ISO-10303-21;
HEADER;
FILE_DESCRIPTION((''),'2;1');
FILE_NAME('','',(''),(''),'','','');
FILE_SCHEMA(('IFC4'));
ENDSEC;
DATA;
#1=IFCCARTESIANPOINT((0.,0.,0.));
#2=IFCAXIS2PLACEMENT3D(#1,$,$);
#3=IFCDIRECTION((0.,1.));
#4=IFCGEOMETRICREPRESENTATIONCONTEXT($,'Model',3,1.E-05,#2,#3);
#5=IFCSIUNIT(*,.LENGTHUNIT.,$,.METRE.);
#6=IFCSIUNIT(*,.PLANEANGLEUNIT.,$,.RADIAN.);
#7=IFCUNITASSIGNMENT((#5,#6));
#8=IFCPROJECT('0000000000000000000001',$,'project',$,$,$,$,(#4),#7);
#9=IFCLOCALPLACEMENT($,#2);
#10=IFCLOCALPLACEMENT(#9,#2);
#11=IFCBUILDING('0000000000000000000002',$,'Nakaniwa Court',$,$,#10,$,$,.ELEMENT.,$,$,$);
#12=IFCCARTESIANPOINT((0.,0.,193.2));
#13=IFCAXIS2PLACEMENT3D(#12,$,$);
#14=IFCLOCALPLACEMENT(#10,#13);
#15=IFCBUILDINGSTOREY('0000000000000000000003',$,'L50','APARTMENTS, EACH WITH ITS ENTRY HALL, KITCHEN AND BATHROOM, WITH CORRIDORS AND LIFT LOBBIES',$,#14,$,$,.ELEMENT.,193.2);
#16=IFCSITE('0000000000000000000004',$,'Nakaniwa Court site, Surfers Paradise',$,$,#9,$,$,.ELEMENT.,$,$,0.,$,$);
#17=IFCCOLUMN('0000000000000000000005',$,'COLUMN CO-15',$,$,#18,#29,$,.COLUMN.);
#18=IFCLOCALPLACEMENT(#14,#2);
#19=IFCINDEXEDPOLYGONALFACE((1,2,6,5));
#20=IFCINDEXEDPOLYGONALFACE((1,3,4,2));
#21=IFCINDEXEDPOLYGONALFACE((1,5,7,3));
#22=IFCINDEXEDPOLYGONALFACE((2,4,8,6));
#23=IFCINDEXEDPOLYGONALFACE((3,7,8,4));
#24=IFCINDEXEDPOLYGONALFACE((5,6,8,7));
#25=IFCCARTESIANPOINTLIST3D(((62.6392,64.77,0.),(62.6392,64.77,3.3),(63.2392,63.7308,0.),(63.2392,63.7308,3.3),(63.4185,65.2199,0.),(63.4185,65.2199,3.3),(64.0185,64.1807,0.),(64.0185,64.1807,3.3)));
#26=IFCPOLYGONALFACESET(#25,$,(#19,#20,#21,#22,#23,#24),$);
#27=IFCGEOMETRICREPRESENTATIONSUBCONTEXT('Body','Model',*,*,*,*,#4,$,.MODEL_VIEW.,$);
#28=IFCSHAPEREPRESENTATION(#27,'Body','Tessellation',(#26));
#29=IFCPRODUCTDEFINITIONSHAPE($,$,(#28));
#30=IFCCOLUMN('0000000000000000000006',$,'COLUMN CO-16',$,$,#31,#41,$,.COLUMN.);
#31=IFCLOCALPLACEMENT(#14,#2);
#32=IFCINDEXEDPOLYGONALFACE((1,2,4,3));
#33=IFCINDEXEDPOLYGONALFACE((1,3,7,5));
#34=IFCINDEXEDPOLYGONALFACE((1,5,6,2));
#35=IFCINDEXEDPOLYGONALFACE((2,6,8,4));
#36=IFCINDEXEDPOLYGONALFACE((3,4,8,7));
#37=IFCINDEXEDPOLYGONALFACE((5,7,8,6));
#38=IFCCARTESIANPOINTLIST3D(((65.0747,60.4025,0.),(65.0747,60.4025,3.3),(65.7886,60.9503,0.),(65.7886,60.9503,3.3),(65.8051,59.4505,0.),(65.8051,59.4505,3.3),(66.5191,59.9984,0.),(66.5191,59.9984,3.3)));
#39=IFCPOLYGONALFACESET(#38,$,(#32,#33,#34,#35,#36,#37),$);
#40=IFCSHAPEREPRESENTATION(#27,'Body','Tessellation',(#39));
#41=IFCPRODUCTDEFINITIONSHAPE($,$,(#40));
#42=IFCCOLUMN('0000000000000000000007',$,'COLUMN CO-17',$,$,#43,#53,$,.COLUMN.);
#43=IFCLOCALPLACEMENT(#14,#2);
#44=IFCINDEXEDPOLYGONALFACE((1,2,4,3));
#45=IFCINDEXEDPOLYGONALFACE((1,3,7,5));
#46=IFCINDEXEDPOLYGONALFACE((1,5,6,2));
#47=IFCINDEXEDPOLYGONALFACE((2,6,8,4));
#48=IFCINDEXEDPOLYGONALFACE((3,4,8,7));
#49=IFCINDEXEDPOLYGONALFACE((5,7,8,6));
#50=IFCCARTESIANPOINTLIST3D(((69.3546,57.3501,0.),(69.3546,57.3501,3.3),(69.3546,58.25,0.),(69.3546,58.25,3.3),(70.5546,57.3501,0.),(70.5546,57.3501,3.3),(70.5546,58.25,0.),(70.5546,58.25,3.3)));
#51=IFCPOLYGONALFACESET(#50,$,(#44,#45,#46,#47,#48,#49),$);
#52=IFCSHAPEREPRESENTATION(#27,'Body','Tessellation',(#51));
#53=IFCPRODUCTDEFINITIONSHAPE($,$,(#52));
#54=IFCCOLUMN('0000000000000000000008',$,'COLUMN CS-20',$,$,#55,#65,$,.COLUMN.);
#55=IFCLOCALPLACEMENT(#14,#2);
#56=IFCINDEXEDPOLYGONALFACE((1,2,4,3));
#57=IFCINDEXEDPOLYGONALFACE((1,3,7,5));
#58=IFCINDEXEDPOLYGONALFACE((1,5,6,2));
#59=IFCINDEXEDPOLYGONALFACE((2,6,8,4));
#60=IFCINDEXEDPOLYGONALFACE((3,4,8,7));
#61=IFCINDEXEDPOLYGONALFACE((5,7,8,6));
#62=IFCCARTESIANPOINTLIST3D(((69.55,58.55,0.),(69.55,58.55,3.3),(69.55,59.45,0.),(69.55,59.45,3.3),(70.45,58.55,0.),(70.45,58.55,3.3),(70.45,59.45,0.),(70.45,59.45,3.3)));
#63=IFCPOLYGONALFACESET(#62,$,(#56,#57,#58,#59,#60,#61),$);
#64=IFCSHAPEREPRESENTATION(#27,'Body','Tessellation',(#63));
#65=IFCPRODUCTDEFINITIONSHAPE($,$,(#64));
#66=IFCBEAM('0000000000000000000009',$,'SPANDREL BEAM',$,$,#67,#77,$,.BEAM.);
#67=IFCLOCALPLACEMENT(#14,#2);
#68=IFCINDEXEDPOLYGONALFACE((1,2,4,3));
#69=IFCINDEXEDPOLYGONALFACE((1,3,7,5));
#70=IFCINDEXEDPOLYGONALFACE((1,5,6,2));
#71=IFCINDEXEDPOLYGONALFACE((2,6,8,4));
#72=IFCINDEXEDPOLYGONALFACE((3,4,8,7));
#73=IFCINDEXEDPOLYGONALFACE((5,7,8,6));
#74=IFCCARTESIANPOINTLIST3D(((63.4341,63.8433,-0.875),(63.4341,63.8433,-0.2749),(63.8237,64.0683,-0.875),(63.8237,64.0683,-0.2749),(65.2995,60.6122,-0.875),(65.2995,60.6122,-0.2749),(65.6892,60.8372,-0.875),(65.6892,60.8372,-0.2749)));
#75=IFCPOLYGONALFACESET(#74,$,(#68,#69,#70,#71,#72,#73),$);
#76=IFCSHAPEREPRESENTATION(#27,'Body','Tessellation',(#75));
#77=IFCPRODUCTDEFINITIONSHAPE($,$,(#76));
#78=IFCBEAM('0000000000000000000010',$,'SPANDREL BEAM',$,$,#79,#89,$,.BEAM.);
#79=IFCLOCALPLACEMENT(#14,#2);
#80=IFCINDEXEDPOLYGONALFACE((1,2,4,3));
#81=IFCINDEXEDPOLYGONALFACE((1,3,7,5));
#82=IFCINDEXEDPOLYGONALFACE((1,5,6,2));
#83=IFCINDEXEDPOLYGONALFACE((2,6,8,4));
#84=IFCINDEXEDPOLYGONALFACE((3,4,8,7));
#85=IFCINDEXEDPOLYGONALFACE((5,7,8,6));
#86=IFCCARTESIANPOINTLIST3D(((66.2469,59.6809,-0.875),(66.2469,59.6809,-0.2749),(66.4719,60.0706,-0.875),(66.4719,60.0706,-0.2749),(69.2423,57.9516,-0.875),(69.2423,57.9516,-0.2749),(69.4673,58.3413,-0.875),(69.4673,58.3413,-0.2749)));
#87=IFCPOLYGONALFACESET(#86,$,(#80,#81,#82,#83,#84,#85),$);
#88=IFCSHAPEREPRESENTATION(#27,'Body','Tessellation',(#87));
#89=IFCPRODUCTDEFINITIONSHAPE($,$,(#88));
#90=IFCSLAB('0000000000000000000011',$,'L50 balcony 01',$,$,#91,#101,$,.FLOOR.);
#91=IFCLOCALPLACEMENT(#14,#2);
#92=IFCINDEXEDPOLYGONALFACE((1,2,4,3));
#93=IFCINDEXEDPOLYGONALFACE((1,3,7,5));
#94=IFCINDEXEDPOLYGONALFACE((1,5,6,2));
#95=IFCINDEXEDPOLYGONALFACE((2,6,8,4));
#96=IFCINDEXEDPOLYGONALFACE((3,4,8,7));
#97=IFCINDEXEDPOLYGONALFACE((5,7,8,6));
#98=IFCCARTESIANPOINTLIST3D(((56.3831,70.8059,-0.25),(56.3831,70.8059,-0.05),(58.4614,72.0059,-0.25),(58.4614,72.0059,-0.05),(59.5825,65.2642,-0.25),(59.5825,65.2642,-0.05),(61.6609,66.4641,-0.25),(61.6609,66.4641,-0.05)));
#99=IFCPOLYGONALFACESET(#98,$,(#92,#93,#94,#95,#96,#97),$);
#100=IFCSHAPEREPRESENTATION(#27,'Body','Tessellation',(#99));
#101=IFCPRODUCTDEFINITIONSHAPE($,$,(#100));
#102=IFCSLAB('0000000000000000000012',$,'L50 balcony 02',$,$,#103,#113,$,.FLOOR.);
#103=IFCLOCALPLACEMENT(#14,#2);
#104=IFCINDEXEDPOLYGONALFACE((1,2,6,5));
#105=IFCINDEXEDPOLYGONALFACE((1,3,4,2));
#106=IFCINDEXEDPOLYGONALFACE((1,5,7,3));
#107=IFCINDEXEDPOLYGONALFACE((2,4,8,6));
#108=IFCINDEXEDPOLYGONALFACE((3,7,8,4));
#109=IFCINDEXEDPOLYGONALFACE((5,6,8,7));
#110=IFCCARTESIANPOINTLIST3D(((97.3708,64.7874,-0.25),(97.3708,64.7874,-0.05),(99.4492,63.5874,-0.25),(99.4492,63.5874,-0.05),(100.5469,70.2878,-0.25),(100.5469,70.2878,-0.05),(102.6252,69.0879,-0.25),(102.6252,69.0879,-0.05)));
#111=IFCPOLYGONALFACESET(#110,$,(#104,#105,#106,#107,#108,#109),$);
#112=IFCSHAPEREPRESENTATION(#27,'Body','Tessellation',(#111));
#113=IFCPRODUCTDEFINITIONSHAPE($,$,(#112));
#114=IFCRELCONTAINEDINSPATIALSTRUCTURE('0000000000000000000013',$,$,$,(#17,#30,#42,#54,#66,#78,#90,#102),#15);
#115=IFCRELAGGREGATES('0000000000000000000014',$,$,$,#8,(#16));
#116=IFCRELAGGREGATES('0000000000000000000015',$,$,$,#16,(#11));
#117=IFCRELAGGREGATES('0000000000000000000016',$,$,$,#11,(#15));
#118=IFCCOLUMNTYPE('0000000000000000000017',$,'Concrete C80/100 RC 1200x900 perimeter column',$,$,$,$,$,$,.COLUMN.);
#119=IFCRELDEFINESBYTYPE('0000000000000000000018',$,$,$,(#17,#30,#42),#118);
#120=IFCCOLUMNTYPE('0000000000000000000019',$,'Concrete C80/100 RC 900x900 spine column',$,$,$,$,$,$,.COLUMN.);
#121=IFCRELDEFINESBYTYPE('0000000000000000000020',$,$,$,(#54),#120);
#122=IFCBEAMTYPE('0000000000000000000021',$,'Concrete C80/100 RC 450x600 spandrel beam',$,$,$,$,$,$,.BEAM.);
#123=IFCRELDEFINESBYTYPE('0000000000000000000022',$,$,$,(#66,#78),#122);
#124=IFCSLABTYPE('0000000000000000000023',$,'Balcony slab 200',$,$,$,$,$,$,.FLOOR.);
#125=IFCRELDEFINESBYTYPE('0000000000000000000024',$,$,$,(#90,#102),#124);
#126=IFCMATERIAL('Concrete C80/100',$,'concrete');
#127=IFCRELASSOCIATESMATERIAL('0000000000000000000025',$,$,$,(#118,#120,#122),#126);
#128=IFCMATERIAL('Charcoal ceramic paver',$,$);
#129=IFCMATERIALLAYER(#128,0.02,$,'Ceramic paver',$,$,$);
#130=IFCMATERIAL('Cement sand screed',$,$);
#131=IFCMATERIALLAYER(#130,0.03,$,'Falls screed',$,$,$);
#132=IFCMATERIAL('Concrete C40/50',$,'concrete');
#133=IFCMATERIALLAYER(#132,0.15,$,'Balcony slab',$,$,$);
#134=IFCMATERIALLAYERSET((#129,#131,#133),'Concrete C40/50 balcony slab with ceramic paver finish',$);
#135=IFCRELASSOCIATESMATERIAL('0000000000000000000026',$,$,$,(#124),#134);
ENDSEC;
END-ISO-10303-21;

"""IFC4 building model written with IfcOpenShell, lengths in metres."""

from ifc_helpers import new_model, si_unit, direction, frame, origin, origin_2d, place, context, subcontext, project, spatial, polyline, rectangle, outline, extrude, material, layer, layer_set, material_profile, profile_set, type_object, element, save


model = new_model("IFC4")

# Units and contexts
model_context = context("Model", 3, precision=1e-05, world=origin(), true_north=direction((0.0, 1.0)))
body_context = subcontext(model_context, "Body", "Model", "MODEL_VIEW")
ifc_project = project(units=[si_unit("LENGTHUNIT", "METRE"), si_unit("PLANEANGLEUNIT", "RADIAN")], contexts=[model_context])

# Site, building, storey
site_placement = place(None, origin())
site = spatial("IfcSite", under=ifc_project, at=site_placement, Name="Nakaniwa Court site, Surfers Paradise", CompositionType="ELEMENT", RefElevation=0.0)
building_placement = place(site_placement, origin())
building = spatial("IfcBuilding", under=site, at=building_placement, Name="Nakaniwa Court", CompositionType="ELEMENT")
storey_placement = place(building_placement, frame((0.0, 0.0, 193.2)))
storey = spatial("IfcBuildingStorey", under=building, at=storey_placement, Name="L50", Description="APARTMENTS, EACH WITH ITS ENTRY HALL, KITCHEN AND BATHROOM, WITH CORRIDORS AND LIFT LOBBIES", CompositionType="ELEMENT", Elevation=193.2)

# Columns
ifc_material_1 = material(Name="Concrete C80/100", Category="concrete")
ifc_material_profile_1 = material_profile(ifc_material_1, rectangle(XDim=1.2, YDim=0.8999, at=origin_2d()), Name="Concrete C80/100 RC 1200x900 perimeter column")
ifc_profile_set_1 = profile_set([ifc_material_profile_1], Name="Concrete C80/100")
column_type_1 = type_object("IfcColumnType", Name="Concrete C80/100 RC 1200x900 perimeter column", PredefinedType="COLUMN", material=ifc_profile_set_1)
for number, where, z_axis, x_axis, name in (
    (1, (63.3289, 64.4753, 0.0), (0.0, 0.0, 1.0), (0.5, -0.866025, 0.0), "COLUMN CO-15"),
    (2, (65.7969, 60.2004, 0.0), (0.0, 0.0, 1.0), (0.608761, -0.793353, 0.0), "COLUMN CO-16"),
    (3, (69.9546, 57.8, 0.0), (0.0, 0.0, 1.0), (1.0, 0.0, 0.0), "COLUMN CO-17"),
):
    element("IfcColumn", number, at=place(storey_placement, frame(where, z_axis=z_axis, x_axis=x_axis)), inside=storey, type_object=column_type_1, Name=name, PredefinedType="COLUMN", context=body_context, shape_type="SweptSolid", body=[
        extrude(rectangle(XDim=1.2, YDim=0.8999, at=origin_2d()), origin(), (0.0, 0.0, 1.0), 3.3),
    ])
ifc_material_profile_2 = material_profile(ifc_material_1, rectangle(XDim=0.8999, YDim=0.8999, at=origin_2d()), Name="Concrete C80/100 RC 900x900 spine column")
ifc_profile_set_2 = profile_set([ifc_material_profile_2], Name="Concrete C80/100")
column_type_2 = type_object("IfcColumnType", Name="Concrete C80/100 RC 900x900 spine column", PredefinedType="COLUMN", material=ifc_profile_set_2)
column_placement = place(storey_placement, frame((70.0, 59.0, 0.0), z_axis=(0.0, 0.0, 1.0), x_axis=(0.0, -1.0, 0.0)))
element("IfcColumn", 4, at=column_placement, inside=storey, type_object=column_type_2, Name="COLUMN CS-20", PredefinedType="COLUMN", context=body_context, shape_type="SweptSolid", body=[
    extrude(rectangle(XDim=0.8999, YDim=0.8999, at=origin_2d()), origin(), (0.0, 0.0, 1.0), 3.3),
])

# Beams
ifc_material_profile_3 = material_profile(ifc_material_1, rectangle(XDim=0.45, YDim=0.6001, at=origin_2d()), Name="Concrete C80/100 RC 450x600 spandrel beam")
ifc_profile_set_3 = profile_set([ifc_material_profile_3], Name="Concrete C80/100")
beam_type = type_object("IfcBeamType", Name="Concrete C80/100 RC 450x600 spandrel beam", PredefinedType="BEAM", material=ifc_profile_set_3)
beam_1_placement = place(storey_placement, frame((63.6289, 63.9558, -0.575), z_axis=(0.499989, -0.866032, 0.0), x_axis=(0.866032, 0.499989, 0.0)))
element("IfcBeam", 5, at=beam_1_placement, inside=storey, type_object=beam_type, Name="SPANDREL BEAM", PredefinedType="BEAM", context=body_context, shape_type="SweptSolid", body=[
    extrude(rectangle(XDim=0.45, YDim=0.6001, at=origin_2d()), origin(), (0.0, 0.0, 1.0), 3.731),
])
beam_2_placement = place(storey_placement, frame((66.3594, 59.8757, -0.575), z_axis=(0.866041, -0.499973, 0.0), x_axis=(0.499973, 0.866041, 0.0)))
element("IfcBeam", 6, at=beam_2_placement, inside=storey, type_object=beam_type, Name="SPANDREL BEAM", PredefinedType="BEAM", context=body_context, shape_type="SweptSolid", body=[
    extrude(rectangle(XDim=0.45, YDim=0.6001, at=origin_2d()), origin(), (0.0, 0.0, 1.0), 3.4587),
])

# Slabs
ifc_material_2 = material(Name="Charcoal ceramic paver")
ifc_layer_1 = layer(ifc_material_2, 0.02, Name="Ceramic paver")
ifc_material_3 = material(Name="Cement sand screed")
ifc_layer_2 = layer(ifc_material_3, 0.03, Name="Falls screed")
ifc_material_4 = material(Name="Concrete C40/50", Category="concrete")
ifc_layer_3 = layer(ifc_material_4, 0.15, Name="Balcony slab")
ifc_layer_set_1 = layer_set([ifc_layer_1, ifc_layer_2, ifc_layer_3], Name="Concrete C40/50 balcony slab with ceramic paver finish")
slab_type_1 = type_object("IfcSlabType", Name="Balcony slab 200", PredefinedType="FLOOR", material=ifc_layer_set_1)
slab_1_placement = place(storey_placement, frame((0.0, 0.0, -0.25)))
element("IfcSlab", 7, at=slab_1_placement, inside=storey, type_object=slab_type_1, Name="L50 balcony 01", PredefinedType="FLOOR", context=body_context, shape_type="SweptSolid", body=[
    extrude(outline(polyline([(58.4614, 72.0059), (61.6609, 66.4641), (59.5825, 65.2642), (56.3831, 70.8059), (58.4614, 72.0059)])), origin(), (0.0, 0.0, 1.0), 0.2),
])
slab_2_placement = place(storey_placement, frame((0.0, 0.0, -0.25)))
element("IfcSlab", 8, at=slab_2_placement, inside=storey, type_object=slab_type_1, Name="L50 balcony 02", PredefinedType="FLOOR", context=body_context, shape_type="SweptSolid", body=[
    extrude(outline(polyline([(97.3708, 64.7874), (100.5469, 70.2878), (102.6252, 69.0879), (99.4492, 63.5874), (97.3708, 64.7874)])), origin(), (0.0, 0.0, 1.0), 0.2),
])

save(model, "model.ifc")
